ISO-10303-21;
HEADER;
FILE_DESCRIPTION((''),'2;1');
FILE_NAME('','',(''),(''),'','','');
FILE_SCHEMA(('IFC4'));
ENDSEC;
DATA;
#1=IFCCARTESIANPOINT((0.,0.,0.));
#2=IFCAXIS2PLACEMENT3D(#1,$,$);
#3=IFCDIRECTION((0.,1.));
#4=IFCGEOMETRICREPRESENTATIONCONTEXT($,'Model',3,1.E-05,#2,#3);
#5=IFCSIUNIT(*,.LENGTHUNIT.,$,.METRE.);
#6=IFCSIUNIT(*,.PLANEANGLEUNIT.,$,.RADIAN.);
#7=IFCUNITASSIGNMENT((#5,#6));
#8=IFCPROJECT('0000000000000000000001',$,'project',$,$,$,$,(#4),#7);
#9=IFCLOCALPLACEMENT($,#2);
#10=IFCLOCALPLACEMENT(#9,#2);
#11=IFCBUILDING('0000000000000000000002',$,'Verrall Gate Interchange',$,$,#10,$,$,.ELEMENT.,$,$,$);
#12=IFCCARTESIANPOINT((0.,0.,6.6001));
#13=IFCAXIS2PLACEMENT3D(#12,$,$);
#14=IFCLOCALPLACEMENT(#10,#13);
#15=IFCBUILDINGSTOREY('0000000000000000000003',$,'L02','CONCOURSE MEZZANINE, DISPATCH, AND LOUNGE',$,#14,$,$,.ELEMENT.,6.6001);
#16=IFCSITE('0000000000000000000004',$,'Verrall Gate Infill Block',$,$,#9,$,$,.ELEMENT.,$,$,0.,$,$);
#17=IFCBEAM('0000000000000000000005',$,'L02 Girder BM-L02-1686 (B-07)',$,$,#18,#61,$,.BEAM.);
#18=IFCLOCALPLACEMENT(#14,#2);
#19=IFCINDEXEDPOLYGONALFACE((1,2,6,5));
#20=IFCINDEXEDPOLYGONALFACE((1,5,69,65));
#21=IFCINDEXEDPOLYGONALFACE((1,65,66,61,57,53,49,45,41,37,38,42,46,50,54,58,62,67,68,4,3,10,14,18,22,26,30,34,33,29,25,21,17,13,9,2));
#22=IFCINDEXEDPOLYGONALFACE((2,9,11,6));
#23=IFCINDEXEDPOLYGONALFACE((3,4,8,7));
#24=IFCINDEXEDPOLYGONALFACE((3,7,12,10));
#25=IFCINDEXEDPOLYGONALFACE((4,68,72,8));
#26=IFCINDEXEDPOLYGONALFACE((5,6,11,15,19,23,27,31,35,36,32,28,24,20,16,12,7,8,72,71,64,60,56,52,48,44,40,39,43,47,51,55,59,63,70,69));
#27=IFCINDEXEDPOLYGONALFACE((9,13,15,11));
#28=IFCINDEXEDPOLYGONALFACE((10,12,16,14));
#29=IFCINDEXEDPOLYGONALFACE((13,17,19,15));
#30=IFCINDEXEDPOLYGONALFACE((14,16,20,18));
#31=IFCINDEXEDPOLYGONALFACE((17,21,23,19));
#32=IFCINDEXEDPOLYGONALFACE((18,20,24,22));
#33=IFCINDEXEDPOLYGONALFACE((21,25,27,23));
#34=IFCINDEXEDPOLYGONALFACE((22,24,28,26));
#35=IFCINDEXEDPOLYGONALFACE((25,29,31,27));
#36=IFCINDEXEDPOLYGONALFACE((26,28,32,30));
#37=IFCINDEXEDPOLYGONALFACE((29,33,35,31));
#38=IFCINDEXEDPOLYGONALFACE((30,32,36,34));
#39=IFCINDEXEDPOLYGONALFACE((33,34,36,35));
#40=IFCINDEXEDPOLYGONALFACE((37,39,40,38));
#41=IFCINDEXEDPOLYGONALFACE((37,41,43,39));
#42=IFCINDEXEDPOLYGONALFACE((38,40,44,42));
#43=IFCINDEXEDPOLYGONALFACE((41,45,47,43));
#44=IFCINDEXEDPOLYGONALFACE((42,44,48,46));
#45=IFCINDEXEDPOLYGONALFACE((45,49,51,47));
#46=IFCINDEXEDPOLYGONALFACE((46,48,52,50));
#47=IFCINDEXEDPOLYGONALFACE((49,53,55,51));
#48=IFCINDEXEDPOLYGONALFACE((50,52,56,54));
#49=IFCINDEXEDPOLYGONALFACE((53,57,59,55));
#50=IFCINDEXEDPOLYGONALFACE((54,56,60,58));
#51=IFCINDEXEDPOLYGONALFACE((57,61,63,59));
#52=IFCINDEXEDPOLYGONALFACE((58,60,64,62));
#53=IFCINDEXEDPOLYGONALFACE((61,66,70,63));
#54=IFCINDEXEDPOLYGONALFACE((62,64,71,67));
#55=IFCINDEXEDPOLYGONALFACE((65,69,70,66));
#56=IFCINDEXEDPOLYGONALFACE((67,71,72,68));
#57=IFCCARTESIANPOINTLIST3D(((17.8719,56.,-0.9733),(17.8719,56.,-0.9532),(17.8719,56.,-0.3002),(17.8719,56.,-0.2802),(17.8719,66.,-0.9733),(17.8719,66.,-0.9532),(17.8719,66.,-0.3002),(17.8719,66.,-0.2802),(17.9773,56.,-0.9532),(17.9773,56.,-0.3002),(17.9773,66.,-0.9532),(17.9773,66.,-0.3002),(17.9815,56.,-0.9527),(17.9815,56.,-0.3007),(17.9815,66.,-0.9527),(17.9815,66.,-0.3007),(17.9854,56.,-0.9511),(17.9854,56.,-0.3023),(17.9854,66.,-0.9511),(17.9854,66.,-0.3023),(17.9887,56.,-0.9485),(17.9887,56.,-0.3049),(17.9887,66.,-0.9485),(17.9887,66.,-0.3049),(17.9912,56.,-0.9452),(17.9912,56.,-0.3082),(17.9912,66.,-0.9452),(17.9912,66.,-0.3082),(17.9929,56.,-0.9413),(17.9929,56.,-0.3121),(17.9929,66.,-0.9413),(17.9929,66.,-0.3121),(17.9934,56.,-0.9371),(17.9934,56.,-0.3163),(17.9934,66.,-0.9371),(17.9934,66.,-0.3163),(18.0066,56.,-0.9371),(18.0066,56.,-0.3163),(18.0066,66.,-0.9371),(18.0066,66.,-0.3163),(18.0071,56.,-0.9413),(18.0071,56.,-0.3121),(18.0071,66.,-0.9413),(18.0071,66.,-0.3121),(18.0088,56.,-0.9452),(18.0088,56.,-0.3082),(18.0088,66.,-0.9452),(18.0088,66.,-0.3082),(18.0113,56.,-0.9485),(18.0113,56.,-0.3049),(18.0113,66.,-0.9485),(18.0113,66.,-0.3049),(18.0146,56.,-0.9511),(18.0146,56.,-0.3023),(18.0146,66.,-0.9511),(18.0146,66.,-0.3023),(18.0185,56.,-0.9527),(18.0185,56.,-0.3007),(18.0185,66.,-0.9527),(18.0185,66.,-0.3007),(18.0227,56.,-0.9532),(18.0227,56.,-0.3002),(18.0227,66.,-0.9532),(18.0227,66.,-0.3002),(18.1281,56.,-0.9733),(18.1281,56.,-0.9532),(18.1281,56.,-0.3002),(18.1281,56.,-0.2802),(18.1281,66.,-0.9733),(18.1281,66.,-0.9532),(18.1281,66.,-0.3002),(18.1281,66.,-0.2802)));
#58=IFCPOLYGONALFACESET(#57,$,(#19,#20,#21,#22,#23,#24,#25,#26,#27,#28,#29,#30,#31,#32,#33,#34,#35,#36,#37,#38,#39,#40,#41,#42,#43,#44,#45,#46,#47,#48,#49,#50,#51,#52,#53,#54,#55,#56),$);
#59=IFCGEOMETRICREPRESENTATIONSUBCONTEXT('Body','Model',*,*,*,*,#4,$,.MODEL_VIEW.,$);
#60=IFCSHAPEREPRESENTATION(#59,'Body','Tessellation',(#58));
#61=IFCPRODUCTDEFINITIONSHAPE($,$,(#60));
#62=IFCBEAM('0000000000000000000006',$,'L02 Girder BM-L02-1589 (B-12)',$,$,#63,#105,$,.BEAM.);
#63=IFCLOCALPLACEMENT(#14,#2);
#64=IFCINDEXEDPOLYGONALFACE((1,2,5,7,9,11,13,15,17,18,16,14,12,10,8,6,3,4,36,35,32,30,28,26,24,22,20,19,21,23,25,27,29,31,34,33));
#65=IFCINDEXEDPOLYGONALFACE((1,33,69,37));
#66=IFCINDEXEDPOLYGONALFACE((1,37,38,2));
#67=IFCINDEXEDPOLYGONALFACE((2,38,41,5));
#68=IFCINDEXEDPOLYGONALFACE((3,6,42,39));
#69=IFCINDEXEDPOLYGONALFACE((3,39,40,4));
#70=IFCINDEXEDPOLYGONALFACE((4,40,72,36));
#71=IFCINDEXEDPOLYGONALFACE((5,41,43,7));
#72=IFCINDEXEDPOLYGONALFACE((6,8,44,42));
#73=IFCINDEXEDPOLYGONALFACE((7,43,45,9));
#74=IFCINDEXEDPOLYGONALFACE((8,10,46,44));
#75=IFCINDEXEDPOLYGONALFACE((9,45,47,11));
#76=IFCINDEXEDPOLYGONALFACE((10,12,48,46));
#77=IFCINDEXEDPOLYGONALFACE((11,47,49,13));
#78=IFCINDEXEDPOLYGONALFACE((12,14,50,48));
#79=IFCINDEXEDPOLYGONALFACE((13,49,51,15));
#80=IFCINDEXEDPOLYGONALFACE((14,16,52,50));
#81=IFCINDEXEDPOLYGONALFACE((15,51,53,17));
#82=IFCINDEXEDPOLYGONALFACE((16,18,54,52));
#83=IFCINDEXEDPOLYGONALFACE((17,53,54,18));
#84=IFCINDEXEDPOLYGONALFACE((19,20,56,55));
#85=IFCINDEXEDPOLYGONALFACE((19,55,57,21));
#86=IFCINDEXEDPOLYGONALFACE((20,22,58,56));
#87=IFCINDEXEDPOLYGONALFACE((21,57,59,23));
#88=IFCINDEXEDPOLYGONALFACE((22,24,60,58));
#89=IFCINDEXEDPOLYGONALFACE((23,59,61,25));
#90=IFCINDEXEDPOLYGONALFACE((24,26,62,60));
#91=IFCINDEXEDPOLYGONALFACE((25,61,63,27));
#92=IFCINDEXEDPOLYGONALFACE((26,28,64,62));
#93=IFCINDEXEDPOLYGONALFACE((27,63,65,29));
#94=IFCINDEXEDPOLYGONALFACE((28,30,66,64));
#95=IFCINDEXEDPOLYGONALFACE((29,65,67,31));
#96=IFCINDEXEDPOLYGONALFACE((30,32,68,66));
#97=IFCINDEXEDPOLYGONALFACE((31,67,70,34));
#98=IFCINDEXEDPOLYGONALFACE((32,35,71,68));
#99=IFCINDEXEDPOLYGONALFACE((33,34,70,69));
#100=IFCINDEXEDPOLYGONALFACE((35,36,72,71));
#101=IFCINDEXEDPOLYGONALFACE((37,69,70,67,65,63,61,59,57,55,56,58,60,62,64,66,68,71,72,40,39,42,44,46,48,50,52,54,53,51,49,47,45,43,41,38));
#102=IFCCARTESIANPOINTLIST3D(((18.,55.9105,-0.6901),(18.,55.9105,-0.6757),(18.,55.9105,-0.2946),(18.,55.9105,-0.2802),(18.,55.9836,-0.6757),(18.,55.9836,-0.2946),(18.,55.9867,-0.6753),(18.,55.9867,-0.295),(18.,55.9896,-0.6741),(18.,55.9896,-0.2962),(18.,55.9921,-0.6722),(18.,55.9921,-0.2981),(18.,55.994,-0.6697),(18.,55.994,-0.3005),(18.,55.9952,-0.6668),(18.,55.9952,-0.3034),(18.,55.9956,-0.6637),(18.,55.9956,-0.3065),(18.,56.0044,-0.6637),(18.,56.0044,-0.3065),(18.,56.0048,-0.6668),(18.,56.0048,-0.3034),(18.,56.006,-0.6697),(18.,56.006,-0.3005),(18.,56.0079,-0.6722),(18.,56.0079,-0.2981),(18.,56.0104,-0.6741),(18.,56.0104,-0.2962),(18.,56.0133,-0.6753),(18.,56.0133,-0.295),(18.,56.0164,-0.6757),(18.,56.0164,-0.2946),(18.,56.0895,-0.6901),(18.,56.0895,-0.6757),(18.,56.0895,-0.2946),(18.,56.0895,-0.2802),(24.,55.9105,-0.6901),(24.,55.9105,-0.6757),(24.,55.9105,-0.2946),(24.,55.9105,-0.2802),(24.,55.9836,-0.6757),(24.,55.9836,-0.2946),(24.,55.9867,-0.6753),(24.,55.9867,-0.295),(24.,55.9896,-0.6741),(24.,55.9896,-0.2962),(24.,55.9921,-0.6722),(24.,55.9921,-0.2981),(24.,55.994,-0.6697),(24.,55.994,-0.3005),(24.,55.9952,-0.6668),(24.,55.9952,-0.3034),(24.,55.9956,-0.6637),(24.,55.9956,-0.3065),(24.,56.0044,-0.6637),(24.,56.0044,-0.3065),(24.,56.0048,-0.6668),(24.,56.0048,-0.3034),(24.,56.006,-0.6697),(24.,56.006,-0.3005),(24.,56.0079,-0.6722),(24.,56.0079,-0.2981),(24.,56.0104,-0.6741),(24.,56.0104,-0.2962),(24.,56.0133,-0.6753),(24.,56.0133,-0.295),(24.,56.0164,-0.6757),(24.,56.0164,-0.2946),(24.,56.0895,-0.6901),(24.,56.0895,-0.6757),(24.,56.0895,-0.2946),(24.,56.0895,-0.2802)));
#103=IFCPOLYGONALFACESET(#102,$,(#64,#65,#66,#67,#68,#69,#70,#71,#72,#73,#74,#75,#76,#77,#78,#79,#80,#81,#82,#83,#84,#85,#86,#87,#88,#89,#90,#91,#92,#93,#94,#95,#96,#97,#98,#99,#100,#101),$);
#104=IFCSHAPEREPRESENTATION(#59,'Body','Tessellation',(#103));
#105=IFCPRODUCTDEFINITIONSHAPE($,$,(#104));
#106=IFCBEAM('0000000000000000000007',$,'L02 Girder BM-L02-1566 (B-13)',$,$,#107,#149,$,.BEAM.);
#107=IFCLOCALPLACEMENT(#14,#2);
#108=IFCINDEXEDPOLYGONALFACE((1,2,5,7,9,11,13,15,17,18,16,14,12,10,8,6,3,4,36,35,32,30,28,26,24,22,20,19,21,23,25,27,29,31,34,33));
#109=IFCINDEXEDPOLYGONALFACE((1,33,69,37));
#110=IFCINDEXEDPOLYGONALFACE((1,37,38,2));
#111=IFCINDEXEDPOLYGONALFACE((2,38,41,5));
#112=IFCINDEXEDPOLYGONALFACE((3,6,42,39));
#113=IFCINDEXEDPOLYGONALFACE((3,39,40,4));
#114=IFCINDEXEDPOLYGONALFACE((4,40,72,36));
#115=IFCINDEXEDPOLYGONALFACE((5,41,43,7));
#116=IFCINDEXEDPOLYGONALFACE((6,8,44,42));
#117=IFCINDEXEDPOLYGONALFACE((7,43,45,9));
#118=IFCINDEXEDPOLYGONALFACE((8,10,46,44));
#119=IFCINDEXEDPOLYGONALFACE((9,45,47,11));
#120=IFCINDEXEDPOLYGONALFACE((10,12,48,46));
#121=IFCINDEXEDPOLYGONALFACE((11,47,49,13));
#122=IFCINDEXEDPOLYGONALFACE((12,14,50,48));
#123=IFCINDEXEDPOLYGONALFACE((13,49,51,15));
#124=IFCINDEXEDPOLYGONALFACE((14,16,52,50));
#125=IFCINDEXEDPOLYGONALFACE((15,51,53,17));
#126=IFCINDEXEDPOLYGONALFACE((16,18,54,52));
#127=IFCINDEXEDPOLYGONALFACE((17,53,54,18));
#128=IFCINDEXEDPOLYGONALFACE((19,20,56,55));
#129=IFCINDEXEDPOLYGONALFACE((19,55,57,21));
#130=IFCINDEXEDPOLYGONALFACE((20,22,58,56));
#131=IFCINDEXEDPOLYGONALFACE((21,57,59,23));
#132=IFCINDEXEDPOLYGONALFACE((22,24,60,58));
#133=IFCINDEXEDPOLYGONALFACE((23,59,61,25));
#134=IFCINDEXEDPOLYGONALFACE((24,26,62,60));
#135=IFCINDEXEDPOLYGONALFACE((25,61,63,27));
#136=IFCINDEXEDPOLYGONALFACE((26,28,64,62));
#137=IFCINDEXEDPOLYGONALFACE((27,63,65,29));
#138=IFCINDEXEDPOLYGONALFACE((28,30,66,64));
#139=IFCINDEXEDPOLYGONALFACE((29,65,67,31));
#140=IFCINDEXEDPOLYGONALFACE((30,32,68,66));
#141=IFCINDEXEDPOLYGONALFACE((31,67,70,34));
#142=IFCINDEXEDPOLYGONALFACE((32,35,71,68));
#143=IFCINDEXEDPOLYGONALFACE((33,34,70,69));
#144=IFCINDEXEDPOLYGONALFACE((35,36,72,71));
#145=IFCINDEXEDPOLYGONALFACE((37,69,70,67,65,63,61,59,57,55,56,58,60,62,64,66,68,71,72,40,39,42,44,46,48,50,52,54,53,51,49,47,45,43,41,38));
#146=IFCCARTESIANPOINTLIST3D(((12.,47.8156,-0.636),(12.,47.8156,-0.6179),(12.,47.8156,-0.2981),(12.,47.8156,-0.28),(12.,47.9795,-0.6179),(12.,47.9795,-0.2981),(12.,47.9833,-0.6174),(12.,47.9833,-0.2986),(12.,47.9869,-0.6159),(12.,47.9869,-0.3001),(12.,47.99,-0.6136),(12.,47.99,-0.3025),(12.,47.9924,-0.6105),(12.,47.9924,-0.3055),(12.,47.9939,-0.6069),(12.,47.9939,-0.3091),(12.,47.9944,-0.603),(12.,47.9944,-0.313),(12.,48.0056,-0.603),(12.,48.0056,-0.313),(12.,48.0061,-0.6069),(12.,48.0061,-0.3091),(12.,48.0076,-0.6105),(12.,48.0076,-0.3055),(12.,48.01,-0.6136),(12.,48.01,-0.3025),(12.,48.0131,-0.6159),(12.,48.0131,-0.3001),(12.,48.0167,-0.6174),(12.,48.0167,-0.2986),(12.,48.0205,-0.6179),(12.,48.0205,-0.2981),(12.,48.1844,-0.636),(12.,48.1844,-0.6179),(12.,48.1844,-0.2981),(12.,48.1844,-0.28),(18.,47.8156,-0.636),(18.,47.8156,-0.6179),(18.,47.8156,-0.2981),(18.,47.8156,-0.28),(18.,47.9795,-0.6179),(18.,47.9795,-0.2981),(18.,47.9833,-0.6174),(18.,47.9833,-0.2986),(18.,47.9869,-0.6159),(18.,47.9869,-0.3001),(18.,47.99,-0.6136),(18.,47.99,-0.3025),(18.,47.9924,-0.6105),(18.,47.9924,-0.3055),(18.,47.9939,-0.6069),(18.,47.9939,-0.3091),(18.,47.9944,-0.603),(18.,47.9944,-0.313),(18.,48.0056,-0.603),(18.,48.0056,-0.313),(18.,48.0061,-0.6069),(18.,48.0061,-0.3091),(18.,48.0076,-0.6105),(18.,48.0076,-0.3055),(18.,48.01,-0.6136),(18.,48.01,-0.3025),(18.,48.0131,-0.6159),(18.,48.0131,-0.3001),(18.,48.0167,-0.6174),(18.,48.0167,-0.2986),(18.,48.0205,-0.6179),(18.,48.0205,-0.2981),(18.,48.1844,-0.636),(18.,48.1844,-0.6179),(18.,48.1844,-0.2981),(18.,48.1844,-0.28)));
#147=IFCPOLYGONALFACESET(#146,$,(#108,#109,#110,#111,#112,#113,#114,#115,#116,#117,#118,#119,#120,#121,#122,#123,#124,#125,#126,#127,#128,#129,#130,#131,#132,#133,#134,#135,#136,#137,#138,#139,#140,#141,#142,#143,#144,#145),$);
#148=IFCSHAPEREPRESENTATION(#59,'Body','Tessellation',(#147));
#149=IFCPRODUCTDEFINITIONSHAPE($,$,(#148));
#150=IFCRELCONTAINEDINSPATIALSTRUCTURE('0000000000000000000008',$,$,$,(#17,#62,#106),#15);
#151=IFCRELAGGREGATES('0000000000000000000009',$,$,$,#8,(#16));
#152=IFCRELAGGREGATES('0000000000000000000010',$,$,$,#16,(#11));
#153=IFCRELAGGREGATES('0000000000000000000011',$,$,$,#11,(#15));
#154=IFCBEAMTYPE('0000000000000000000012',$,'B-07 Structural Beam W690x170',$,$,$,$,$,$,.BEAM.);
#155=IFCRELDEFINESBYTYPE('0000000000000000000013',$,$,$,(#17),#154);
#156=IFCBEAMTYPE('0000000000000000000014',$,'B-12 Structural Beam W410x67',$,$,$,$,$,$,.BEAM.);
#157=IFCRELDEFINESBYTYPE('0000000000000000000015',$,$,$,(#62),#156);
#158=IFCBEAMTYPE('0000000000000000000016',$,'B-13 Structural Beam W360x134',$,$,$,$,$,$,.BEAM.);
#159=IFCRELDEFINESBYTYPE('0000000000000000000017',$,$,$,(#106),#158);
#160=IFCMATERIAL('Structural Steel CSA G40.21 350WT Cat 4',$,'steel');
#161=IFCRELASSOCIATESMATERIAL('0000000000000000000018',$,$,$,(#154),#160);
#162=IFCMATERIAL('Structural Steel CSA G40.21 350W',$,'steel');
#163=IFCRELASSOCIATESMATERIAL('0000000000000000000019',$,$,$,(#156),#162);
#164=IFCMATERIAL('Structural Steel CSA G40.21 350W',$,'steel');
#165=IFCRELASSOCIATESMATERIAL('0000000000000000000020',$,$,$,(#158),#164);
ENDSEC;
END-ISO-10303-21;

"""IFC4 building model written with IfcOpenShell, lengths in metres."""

from ifc_helpers import new_model, si_unit, direction, frame, origin, origin_2d, place, context, subcontext, project, spatial, i_section, extrude, material, material_profile, profile_set, type_object, element, save


model = new_model("IFC4")

# Units and contexts
model_context = context("Model", 3, precision=1e-05, world=origin(), true_north=direction((0.0, 1.0)))
body_context = subcontext(model_context, "Body", "Model", "MODEL_VIEW")
ifc_project = project(units=[si_unit("LENGTHUNIT", "METRE"), si_unit("PLANEANGLEUNIT", "RADIAN")], contexts=[model_context])

# Site, building, storey
site_placement = place(None, origin())
site = spatial("IfcSite", under=ifc_project, at=site_placement, Name="Verrall Gate Infill Block", CompositionType="ELEMENT", RefElevation=0.0)
building_placement = place(site_placement, origin())
building = spatial("IfcBuilding", under=site, at=building_placement, Name="Verrall Gate Interchange", CompositionType="ELEMENT")
storey_placement = place(building_placement, frame((0.0, 0.0, 6.6001)))
storey = spatial("IfcBuildingStorey", under=building, at=storey_placement, Name="L02", Description="CONCOURSE MEZZANINE, DISPATCH, AND LOUNGE", CompositionType="ELEMENT", Elevation=6.6001)

# Beams
ifc_material_1 = material(Name="Structural Steel CSA G40.21 350WT Cat 4", Category="steel")
ifc_material_profile_1 = material_profile(ifc_material_1, i_section(OverallWidth=0.2561, OverallDepth=0.6931, WebThickness=0.0132, FlangeThickness=0.02, FilletRadius=0.0161, at=origin_2d()), Name="W690x170")
ifc_profile_set_1 = profile_set([ifc_material_profile_1], Name="Structural Steel CSA G40.21 350WT Cat 4")
beam_type_1 = type_object("IfcBeamType", Name="B-07 Structural Beam W690x170", PredefinedType="BEAM", material=ifc_profile_set_1)
beam_1_placement = place(storey_placement, frame((18.0, 56.0, -0.6267), z_axis=(0.0, 1.0, 0.0), x_axis=(-1.0, 0.0, 0.0)))
element("IfcBeam", 1, at=beam_1_placement, inside=storey, type_object=beam_type_1, Name="L02 Girder BM-L02-1686 (B-07)", PredefinedType="BEAM", context=body_context, shape_type="SweptSolid", body=[
    extrude(i_section(OverallWidth=0.2561, OverallDepth=0.6931, WebThickness=0.0132, FlangeThickness=0.02, FilletRadius=0.0161, at=origin_2d()), origin(), (0.0, 0.0, 1.0), 10.0),
])
ifc_material_2 = material(Name="Structural Steel CSA G40.21 350W", Category="steel")
ifc_material_profile_2 = material_profile(ifc_material_2, i_section(OverallWidth=0.179, OverallDepth=0.4099, WebThickness=0.0088, FlangeThickness=0.0144, FilletRadius=0.012, at=origin_2d()), Name="W410x67")
ifc_profile_set_2 = profile_set([ifc_material_profile_2], Name="Structural Steel CSA G40.21 350W")
beam_type_2 = type_object("IfcBeamType", Name="B-12 Structural Beam W410x67", PredefinedType="BEAM", material=ifc_profile_set_2)
beam_2_placement = place(storey_placement, frame((18.0, 56.0, -0.4851), z_axis=(1.0, 0.0, 0.0), x_axis=(0.0, 1.0, 0.0)))
element("IfcBeam", 2, at=beam_2_placement, inside=storey, type_object=beam_type_2, Name="L02 Girder BM-L02-1589 (B-12)", PredefinedType="BEAM", context=body_context, shape_type="SweptSolid", body=[
    extrude(i_section(OverallWidth=0.179, OverallDepth=0.4099, WebThickness=0.0088, FlangeThickness=0.0144, FilletRadius=0.012, at=origin_2d()), origin(), (0.0, 0.0, 1.0), 6.0),
])
ifc_material_3 = material(Name="Structural Steel CSA G40.21 350W", Category="steel")
ifc_material_profile_3 = material_profile(ifc_material_3, i_section(OverallWidth=0.3689, OverallDepth=0.356, WebThickness=0.0112, FlangeThickness=0.0181, FilletRadius=0.0149, at=origin_2d()), Name="W360x134")
ifc_profile_set_3 = profile_set([ifc_material_profile_3], Name="Structural Steel CSA G40.21 350W")
beam_type_3 = type_object("IfcBeamType", Name="B-13 Structural Beam W360x134", PredefinedType="BEAM", material=ifc_profile_set_3)
beam_3_placement = place(storey_placement, frame((12.0, 48.0, -0.458), z_axis=(1.0, 0.0, 0.0), x_axis=(0.0, 1.0, 0.0)))
element("IfcBeam", 3, at=beam_3_placement, inside=storey, type_object=beam_type_3, Name="L02 Girder BM-L02-1566 (B-13)", PredefinedType="BEAM", context=body_context, shape_type="SweptSolid", body=[
    extrude(i_section(OverallWidth=0.3689, OverallDepth=0.356, WebThickness=0.0112, FlangeThickness=0.0181, FilletRadius=0.0149, at=origin_2d()), origin(), (0.0, 0.0, 1.0), 6.0),
])

save(model, "model.ifc")
